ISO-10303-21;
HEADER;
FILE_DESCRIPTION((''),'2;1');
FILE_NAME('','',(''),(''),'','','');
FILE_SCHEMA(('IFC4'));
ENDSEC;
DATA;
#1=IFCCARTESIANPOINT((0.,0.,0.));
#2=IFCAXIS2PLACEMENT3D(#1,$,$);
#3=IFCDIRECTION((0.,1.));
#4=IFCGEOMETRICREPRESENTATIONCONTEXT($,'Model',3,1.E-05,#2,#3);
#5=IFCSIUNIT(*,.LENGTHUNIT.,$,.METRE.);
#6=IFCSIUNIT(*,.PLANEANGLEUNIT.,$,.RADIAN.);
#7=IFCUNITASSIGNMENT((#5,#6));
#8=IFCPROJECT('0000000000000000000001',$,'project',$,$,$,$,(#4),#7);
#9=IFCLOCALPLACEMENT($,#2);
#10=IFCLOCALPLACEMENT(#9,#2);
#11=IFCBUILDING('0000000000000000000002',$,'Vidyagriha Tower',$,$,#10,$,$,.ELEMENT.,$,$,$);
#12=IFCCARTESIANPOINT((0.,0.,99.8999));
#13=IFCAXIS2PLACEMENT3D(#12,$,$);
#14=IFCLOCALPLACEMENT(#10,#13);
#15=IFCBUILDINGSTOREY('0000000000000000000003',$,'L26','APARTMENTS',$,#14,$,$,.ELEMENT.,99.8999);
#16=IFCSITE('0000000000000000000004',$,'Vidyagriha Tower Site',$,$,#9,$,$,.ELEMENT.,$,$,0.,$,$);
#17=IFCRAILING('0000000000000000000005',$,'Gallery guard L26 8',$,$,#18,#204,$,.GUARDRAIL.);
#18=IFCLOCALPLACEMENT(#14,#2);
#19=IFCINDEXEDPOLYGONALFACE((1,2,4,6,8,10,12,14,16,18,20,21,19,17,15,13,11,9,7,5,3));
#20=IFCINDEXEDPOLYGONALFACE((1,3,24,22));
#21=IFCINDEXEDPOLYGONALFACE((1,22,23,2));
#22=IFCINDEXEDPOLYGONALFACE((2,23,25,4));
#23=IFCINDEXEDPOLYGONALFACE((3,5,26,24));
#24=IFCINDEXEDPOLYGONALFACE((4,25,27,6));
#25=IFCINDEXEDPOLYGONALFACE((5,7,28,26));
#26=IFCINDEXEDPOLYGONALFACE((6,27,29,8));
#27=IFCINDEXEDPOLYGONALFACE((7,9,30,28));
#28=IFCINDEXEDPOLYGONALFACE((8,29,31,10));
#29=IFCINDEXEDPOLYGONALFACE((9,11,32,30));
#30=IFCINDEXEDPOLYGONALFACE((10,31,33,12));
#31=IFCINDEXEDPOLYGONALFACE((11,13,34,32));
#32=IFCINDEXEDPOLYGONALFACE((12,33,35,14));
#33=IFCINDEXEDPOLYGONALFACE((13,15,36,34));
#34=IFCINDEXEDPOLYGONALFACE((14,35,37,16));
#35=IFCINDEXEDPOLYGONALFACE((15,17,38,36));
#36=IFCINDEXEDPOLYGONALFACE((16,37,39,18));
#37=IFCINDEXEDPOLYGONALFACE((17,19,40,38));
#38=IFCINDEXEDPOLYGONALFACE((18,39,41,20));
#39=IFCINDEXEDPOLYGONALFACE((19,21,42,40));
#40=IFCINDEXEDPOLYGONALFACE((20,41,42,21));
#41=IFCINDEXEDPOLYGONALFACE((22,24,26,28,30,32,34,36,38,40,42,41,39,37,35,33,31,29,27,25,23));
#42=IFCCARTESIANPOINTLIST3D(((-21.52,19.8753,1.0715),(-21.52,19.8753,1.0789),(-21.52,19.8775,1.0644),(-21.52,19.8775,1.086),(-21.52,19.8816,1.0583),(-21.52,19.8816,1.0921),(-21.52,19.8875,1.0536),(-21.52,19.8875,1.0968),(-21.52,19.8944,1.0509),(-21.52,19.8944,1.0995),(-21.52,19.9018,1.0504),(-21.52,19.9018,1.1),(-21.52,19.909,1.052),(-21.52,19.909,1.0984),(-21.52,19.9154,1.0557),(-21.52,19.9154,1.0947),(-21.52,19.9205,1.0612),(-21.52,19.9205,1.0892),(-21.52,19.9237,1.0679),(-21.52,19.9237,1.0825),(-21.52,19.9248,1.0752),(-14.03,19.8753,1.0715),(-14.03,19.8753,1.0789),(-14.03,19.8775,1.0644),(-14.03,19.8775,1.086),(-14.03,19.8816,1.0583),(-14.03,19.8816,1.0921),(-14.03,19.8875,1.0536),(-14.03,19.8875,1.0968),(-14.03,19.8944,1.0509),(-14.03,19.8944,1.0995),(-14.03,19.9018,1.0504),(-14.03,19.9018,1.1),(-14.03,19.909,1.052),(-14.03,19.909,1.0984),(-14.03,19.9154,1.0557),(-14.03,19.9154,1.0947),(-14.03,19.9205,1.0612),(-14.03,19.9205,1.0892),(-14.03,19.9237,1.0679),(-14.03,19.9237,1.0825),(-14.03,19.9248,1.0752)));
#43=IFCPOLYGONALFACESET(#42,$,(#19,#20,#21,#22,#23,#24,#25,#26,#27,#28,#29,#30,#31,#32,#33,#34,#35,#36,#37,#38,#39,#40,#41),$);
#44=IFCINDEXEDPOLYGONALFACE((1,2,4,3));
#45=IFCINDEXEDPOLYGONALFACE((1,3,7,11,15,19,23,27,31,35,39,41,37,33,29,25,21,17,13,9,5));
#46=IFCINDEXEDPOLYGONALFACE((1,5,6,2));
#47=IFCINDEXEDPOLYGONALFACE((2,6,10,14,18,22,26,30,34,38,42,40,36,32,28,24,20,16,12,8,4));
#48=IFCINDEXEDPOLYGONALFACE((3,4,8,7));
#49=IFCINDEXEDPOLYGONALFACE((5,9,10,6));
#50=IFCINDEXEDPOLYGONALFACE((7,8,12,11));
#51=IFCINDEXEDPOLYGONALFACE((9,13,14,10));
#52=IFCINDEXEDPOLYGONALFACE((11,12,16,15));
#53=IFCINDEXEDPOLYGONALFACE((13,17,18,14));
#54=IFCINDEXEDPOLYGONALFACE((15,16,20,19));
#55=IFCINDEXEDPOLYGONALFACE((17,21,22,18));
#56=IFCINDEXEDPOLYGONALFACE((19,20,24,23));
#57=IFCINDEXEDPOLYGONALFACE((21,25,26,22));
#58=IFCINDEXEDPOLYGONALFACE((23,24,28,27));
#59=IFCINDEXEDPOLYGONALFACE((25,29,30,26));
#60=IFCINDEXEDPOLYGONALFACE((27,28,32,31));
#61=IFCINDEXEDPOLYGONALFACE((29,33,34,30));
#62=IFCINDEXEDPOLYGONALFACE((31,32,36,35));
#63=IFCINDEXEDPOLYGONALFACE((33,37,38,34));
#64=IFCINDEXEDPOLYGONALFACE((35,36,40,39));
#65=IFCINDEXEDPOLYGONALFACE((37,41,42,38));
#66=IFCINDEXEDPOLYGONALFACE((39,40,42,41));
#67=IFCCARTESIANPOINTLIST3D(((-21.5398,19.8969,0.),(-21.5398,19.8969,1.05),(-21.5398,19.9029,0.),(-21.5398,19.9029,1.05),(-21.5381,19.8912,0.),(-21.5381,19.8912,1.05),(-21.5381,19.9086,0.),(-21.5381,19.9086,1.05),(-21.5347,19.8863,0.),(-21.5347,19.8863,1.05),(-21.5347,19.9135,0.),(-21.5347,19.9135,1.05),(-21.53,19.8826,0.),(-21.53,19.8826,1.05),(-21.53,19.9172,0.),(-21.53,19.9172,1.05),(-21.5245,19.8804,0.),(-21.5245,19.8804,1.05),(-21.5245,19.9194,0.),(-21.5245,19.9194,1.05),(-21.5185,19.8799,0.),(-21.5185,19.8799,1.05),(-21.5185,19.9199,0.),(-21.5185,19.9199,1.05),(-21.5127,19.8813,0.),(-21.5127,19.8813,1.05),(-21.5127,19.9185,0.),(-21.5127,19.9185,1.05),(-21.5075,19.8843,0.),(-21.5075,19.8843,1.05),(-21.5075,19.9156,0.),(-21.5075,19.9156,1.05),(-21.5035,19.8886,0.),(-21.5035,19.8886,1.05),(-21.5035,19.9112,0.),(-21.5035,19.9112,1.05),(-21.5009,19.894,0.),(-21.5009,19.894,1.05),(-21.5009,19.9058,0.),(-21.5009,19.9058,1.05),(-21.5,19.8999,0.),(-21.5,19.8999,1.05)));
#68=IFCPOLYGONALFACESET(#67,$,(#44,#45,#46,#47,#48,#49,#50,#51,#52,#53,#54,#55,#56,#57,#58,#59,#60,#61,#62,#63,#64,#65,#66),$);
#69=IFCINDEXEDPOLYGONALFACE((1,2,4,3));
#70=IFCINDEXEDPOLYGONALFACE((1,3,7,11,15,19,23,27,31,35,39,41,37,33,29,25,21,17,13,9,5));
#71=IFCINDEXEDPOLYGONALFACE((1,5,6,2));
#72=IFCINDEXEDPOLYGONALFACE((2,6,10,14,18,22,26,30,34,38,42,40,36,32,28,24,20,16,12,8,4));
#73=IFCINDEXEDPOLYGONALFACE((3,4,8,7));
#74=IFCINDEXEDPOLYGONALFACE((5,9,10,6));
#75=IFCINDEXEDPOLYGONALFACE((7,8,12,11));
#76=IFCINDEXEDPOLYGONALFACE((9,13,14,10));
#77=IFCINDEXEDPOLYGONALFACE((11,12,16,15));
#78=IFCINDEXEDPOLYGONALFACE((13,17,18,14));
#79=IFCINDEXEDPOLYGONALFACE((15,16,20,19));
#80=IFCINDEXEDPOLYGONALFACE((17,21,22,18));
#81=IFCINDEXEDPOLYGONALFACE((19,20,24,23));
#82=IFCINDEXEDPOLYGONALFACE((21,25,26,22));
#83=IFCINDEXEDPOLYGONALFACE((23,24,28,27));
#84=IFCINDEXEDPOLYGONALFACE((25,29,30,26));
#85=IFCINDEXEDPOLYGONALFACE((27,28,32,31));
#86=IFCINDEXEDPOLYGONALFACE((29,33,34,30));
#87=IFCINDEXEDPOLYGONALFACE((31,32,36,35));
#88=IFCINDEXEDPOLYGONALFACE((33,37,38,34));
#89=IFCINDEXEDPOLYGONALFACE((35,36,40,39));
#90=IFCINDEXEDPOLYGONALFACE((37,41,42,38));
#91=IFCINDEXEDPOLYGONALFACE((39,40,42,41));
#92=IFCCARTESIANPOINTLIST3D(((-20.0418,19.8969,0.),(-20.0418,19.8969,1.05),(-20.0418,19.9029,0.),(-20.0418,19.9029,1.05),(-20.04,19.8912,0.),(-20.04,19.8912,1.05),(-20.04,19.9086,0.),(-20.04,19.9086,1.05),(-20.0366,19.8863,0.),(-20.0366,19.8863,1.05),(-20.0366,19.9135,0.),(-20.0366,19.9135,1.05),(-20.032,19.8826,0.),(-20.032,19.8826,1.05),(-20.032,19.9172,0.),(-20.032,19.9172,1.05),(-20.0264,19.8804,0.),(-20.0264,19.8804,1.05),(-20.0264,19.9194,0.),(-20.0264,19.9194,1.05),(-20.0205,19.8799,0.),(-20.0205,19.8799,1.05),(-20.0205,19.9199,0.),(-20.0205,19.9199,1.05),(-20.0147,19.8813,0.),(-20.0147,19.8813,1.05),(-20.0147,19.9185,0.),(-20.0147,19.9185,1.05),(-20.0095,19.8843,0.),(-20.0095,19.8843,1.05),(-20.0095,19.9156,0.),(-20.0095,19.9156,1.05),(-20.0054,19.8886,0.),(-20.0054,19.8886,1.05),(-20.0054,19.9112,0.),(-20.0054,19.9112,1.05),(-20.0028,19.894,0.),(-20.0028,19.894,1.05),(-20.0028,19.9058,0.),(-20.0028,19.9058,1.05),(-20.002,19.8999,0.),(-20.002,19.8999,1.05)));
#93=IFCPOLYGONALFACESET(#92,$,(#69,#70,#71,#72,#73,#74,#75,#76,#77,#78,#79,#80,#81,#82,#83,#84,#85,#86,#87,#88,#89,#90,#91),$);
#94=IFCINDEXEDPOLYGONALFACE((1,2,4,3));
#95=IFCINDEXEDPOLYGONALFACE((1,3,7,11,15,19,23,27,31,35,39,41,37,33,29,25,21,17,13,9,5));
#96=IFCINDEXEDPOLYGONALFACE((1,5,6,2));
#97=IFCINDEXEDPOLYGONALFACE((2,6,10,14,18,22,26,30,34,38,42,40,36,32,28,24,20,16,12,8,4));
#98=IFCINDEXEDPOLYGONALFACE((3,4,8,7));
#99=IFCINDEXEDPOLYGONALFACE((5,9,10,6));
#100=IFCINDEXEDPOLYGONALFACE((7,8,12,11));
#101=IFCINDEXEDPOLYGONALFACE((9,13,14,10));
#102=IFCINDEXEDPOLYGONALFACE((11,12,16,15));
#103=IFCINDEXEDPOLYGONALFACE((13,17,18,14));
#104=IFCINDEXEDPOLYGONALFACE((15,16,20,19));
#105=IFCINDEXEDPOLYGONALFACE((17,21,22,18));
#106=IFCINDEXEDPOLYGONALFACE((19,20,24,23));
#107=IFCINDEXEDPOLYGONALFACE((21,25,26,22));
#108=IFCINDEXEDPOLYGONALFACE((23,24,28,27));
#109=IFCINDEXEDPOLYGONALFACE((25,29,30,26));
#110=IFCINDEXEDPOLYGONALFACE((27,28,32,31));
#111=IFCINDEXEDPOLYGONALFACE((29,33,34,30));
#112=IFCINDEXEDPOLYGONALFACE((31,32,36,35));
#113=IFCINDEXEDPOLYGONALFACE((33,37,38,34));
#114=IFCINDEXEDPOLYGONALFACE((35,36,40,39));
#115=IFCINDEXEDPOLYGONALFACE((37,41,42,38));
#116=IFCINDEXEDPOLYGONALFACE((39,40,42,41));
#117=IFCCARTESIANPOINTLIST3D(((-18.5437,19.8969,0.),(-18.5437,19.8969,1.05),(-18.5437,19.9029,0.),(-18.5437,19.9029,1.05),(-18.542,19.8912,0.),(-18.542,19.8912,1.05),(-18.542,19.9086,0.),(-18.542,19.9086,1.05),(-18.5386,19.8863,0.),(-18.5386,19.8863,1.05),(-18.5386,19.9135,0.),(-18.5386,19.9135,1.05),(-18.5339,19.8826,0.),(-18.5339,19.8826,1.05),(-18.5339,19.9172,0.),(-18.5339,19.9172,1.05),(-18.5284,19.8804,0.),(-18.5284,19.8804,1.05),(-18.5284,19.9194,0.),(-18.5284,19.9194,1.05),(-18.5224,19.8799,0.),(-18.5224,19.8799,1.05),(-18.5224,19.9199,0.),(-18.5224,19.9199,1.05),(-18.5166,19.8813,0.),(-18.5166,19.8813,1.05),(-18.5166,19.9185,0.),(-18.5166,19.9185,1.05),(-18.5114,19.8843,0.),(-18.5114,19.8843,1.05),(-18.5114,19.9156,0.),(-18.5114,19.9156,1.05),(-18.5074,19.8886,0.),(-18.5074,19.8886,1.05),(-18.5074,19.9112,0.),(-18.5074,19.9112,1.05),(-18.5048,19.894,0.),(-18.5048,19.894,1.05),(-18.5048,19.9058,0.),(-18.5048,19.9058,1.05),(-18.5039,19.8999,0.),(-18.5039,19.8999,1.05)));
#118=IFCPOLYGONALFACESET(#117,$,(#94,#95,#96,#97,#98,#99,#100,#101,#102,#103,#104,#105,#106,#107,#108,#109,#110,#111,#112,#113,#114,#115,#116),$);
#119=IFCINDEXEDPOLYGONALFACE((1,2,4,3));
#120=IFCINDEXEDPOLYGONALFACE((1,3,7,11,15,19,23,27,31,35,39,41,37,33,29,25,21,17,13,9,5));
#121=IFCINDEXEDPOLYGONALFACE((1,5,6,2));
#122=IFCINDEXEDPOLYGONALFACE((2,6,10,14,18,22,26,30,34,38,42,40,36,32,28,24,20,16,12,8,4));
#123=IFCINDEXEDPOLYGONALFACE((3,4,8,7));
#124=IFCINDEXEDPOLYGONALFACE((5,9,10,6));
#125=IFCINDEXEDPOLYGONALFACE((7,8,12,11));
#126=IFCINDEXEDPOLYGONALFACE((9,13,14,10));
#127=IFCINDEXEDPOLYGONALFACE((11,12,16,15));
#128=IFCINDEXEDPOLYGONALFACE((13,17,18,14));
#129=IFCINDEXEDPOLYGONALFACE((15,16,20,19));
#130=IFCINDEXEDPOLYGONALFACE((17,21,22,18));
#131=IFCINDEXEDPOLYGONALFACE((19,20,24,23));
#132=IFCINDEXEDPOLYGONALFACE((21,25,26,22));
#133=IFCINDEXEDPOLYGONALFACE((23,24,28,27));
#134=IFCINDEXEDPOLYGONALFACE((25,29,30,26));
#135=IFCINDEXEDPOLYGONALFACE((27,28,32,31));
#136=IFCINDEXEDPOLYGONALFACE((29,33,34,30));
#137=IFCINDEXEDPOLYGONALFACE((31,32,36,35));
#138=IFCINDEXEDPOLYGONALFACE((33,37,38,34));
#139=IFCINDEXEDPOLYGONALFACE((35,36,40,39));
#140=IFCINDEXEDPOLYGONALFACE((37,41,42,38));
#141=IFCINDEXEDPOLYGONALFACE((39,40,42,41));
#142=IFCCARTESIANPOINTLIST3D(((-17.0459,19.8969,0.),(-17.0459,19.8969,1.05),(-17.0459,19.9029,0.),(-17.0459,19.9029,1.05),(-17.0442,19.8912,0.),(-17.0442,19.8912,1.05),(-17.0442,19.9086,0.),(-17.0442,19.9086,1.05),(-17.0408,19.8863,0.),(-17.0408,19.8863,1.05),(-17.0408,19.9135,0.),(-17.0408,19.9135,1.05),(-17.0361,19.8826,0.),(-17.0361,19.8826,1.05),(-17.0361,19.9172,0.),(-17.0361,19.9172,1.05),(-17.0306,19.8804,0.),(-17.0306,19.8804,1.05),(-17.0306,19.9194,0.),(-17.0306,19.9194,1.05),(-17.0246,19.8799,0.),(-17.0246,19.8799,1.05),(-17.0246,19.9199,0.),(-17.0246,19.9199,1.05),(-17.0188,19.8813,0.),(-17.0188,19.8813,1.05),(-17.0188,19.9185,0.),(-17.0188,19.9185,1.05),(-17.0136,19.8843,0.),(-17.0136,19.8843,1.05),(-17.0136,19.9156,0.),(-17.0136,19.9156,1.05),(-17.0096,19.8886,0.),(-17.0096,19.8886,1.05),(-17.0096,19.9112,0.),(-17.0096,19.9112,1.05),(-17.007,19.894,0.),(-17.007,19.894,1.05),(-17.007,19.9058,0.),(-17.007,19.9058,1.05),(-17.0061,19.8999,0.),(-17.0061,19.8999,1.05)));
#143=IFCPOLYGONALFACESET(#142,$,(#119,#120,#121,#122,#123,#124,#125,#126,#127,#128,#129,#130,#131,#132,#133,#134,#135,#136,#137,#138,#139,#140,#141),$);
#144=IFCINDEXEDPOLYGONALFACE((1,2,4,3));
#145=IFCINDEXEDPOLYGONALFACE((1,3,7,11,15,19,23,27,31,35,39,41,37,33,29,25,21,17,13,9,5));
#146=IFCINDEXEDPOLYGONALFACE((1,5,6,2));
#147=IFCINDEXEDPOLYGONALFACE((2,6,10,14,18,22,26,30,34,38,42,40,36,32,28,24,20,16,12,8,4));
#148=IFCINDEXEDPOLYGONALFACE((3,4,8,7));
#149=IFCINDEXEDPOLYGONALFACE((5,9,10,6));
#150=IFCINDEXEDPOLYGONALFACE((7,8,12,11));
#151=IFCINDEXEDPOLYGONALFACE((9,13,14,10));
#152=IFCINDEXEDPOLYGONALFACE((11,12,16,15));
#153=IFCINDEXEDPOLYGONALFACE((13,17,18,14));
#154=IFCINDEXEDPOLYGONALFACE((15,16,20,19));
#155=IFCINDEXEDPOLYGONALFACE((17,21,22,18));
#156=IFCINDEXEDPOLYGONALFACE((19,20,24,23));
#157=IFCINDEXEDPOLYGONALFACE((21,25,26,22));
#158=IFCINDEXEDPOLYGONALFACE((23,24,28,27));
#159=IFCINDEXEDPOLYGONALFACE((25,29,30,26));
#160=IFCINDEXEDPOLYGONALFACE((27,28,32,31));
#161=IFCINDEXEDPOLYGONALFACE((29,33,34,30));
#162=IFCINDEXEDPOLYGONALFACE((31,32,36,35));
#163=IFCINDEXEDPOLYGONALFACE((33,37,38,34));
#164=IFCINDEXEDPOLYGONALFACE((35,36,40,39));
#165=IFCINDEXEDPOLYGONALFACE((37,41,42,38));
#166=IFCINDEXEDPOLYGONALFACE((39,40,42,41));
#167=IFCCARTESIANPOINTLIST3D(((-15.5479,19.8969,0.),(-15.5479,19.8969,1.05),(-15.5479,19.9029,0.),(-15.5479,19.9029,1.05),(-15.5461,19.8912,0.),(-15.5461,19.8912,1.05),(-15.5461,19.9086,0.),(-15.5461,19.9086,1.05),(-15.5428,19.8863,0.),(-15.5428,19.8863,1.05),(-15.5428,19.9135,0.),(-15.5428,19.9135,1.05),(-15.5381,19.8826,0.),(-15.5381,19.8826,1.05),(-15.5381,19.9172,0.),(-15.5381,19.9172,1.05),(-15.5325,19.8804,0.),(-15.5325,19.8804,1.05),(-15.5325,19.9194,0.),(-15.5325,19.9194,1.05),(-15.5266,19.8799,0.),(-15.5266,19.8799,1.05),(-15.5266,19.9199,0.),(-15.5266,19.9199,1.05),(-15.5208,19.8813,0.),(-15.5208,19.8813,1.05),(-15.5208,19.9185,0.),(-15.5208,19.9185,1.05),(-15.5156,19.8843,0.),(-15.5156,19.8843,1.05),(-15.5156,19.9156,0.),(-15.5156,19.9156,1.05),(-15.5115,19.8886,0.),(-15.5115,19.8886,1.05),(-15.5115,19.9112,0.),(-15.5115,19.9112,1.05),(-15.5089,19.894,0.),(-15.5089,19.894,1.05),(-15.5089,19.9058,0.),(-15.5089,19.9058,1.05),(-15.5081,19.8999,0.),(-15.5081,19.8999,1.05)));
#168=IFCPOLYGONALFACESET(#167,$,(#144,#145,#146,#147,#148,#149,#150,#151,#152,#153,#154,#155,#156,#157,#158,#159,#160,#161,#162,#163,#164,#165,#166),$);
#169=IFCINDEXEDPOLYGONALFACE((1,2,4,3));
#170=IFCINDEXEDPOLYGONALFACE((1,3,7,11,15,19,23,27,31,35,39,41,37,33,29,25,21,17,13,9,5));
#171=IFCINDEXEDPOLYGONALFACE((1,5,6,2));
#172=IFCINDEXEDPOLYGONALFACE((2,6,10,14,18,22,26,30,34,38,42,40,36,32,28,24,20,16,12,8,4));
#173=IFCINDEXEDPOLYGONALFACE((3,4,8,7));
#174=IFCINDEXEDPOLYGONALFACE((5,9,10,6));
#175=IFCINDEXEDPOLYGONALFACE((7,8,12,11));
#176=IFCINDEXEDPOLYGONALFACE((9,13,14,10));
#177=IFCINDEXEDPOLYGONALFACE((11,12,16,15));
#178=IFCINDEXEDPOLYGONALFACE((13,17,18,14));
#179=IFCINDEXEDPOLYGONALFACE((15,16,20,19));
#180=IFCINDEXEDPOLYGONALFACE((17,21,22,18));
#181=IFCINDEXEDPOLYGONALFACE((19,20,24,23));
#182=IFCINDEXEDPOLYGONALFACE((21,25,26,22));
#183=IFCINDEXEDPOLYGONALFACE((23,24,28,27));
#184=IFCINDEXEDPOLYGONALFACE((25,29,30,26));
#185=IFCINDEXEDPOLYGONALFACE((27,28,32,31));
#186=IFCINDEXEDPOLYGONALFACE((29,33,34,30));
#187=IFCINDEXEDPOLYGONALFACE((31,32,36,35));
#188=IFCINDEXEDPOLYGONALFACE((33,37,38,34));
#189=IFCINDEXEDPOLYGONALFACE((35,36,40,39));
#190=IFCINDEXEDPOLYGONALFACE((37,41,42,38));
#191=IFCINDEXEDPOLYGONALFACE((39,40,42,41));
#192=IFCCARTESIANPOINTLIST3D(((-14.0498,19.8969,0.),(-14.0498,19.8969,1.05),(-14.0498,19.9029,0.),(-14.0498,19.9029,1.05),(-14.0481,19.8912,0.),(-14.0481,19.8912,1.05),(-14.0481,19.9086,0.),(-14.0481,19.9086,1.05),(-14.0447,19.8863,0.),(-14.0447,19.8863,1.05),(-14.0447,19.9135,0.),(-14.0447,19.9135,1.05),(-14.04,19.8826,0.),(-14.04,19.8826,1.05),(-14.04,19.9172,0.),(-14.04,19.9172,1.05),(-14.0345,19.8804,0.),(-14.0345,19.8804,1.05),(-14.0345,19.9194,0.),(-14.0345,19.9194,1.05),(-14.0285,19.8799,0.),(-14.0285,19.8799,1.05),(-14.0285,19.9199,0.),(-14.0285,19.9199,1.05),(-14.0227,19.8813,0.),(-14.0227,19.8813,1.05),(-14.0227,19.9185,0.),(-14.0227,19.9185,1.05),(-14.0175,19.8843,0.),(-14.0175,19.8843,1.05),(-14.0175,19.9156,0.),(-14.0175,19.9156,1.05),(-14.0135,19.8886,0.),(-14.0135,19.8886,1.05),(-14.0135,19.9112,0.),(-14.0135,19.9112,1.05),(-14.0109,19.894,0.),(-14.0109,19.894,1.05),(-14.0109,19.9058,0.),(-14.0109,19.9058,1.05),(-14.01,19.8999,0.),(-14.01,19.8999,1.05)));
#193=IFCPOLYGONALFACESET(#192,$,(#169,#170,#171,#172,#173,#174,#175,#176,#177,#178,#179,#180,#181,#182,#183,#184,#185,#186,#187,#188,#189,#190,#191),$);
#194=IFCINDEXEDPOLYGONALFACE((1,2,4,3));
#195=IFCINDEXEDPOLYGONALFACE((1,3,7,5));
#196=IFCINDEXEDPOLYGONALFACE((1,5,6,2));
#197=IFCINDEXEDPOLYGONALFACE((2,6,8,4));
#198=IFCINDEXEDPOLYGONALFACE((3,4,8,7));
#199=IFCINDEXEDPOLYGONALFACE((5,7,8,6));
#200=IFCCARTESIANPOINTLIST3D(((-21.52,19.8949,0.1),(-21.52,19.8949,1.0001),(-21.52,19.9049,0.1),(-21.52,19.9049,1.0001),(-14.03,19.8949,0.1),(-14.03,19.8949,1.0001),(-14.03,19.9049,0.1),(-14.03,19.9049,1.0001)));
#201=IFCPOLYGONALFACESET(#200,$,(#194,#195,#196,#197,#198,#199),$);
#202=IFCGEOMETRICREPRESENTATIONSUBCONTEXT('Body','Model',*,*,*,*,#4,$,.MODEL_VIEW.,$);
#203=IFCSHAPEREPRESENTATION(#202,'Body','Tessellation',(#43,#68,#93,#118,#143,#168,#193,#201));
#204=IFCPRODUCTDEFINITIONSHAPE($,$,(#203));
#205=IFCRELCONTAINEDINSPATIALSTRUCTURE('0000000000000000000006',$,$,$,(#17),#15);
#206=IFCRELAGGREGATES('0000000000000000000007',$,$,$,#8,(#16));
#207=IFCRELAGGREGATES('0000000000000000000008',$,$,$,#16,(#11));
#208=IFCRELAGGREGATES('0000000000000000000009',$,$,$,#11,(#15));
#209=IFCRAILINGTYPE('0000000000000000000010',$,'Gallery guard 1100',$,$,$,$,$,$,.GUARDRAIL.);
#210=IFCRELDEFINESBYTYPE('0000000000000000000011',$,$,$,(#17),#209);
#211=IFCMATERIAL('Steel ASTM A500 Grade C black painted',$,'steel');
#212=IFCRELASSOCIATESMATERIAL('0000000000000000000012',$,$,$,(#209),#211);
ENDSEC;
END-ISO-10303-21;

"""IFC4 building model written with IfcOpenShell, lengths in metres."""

from ifc_helpers import new_model, si_unit, direction, frame, origin, origin_2d, place, context, subcontext, project, spatial, rectangle, circle, extrude, material, type_object, element, save


model = new_model("IFC4")

# Units and contexts
model_context = context("Model", 3, precision=1e-05, world=origin(), true_north=direction((0.0, 1.0)))
body_context = subcontext(model_context, "Body", "Model", "MODEL_VIEW")
ifc_project = project(units=[si_unit("LENGTHUNIT", "METRE"), si_unit("PLANEANGLEUNIT", "RADIAN")], contexts=[model_context])

# Site, building, storey
site_placement = place(None, origin())
site = spatial("IfcSite", under=ifc_project, at=site_placement, Name="Vidyagriha Tower Site", CompositionType="ELEMENT", RefElevation=0.0)
building_placement = place(site_placement, origin())
building = spatial("IfcBuilding", under=site, at=building_placement, Name="Vidyagriha Tower", CompositionType="ELEMENT")
storey_placement = place(building_placement, frame((0.0, 0.0, 99.8999)))
storey = spatial("IfcBuildingStorey", under=building, at=storey_placement, Name="L26", Description="APARTMENTS", CompositionType="ELEMENT", Elevation=99.8999)

# Railing
ifc_material_1 = material(Name="Steel ASTM A500 Grade C black painted", Category="steel")
railing_type = type_object("IfcRailingType", Name="Gallery guard 1100", PredefinedType="GUARDRAIL", material=ifc_material_1)
railing_1_placement = place(storey_placement, frame((-21.52, 19.8999, 0.0)))
element("IfcRailing", 1, at=railing_1_placement, inside=storey, type_object=railing_type, Name="Gallery guard L26 8", PredefinedType="GUARDRAIL", context=body_context, shape_type="SweptSolid", body=[
    extrude(circle(Radius=0.0249, at=origin_2d()), frame((0.0, 0.0, 1.0752), z_axis=(1.0, 0.0, 0.0), x_axis=(0.0, 1.0, 0.0)), (0.0, 0.0, 1.0), 7.49),
    extrude(circle(Radius=0.02, at=origin_2d()), origin(), (0.0, 0.0, 1.0), 1.05),
    extrude(circle(Radius=0.02, at=origin_2d()), frame((1.498, 0.0, 0.0)), (0.0, 0.0, 1.0), 1.05),
    extrude(circle(Radius=0.02, at=origin_2d()), frame((2.9961, 0.0, 0.0)), (0.0, 0.0, 1.0), 1.05),
    extrude(circle(Radius=0.02, at=origin_2d()), frame((4.4939, 0.0, 0.0)), (0.0, 0.0, 1.0), 1.05),
    extrude(circle(Radius=0.02, at=origin_2d()), frame((5.9919, 0.0, 0.0)), (0.0, 0.0, 1.0), 1.05),
    extrude(circle(Radius=0.02, at=origin_2d()), frame((7.49, 0.0, 0.0)), (0.0, 0.0, 1.0), 1.05),
    extrude(rectangle(XDim=0.01, YDim=0.9001, at=origin_2d()), frame((0.0, 0.0, 0.55), z_axis=(1.0, 0.0, 0.0), x_axis=(0.0, 1.0, 0.0)), (0.0, 0.0, 1.0), 7.49),
])

save(model, "model.ifc")
